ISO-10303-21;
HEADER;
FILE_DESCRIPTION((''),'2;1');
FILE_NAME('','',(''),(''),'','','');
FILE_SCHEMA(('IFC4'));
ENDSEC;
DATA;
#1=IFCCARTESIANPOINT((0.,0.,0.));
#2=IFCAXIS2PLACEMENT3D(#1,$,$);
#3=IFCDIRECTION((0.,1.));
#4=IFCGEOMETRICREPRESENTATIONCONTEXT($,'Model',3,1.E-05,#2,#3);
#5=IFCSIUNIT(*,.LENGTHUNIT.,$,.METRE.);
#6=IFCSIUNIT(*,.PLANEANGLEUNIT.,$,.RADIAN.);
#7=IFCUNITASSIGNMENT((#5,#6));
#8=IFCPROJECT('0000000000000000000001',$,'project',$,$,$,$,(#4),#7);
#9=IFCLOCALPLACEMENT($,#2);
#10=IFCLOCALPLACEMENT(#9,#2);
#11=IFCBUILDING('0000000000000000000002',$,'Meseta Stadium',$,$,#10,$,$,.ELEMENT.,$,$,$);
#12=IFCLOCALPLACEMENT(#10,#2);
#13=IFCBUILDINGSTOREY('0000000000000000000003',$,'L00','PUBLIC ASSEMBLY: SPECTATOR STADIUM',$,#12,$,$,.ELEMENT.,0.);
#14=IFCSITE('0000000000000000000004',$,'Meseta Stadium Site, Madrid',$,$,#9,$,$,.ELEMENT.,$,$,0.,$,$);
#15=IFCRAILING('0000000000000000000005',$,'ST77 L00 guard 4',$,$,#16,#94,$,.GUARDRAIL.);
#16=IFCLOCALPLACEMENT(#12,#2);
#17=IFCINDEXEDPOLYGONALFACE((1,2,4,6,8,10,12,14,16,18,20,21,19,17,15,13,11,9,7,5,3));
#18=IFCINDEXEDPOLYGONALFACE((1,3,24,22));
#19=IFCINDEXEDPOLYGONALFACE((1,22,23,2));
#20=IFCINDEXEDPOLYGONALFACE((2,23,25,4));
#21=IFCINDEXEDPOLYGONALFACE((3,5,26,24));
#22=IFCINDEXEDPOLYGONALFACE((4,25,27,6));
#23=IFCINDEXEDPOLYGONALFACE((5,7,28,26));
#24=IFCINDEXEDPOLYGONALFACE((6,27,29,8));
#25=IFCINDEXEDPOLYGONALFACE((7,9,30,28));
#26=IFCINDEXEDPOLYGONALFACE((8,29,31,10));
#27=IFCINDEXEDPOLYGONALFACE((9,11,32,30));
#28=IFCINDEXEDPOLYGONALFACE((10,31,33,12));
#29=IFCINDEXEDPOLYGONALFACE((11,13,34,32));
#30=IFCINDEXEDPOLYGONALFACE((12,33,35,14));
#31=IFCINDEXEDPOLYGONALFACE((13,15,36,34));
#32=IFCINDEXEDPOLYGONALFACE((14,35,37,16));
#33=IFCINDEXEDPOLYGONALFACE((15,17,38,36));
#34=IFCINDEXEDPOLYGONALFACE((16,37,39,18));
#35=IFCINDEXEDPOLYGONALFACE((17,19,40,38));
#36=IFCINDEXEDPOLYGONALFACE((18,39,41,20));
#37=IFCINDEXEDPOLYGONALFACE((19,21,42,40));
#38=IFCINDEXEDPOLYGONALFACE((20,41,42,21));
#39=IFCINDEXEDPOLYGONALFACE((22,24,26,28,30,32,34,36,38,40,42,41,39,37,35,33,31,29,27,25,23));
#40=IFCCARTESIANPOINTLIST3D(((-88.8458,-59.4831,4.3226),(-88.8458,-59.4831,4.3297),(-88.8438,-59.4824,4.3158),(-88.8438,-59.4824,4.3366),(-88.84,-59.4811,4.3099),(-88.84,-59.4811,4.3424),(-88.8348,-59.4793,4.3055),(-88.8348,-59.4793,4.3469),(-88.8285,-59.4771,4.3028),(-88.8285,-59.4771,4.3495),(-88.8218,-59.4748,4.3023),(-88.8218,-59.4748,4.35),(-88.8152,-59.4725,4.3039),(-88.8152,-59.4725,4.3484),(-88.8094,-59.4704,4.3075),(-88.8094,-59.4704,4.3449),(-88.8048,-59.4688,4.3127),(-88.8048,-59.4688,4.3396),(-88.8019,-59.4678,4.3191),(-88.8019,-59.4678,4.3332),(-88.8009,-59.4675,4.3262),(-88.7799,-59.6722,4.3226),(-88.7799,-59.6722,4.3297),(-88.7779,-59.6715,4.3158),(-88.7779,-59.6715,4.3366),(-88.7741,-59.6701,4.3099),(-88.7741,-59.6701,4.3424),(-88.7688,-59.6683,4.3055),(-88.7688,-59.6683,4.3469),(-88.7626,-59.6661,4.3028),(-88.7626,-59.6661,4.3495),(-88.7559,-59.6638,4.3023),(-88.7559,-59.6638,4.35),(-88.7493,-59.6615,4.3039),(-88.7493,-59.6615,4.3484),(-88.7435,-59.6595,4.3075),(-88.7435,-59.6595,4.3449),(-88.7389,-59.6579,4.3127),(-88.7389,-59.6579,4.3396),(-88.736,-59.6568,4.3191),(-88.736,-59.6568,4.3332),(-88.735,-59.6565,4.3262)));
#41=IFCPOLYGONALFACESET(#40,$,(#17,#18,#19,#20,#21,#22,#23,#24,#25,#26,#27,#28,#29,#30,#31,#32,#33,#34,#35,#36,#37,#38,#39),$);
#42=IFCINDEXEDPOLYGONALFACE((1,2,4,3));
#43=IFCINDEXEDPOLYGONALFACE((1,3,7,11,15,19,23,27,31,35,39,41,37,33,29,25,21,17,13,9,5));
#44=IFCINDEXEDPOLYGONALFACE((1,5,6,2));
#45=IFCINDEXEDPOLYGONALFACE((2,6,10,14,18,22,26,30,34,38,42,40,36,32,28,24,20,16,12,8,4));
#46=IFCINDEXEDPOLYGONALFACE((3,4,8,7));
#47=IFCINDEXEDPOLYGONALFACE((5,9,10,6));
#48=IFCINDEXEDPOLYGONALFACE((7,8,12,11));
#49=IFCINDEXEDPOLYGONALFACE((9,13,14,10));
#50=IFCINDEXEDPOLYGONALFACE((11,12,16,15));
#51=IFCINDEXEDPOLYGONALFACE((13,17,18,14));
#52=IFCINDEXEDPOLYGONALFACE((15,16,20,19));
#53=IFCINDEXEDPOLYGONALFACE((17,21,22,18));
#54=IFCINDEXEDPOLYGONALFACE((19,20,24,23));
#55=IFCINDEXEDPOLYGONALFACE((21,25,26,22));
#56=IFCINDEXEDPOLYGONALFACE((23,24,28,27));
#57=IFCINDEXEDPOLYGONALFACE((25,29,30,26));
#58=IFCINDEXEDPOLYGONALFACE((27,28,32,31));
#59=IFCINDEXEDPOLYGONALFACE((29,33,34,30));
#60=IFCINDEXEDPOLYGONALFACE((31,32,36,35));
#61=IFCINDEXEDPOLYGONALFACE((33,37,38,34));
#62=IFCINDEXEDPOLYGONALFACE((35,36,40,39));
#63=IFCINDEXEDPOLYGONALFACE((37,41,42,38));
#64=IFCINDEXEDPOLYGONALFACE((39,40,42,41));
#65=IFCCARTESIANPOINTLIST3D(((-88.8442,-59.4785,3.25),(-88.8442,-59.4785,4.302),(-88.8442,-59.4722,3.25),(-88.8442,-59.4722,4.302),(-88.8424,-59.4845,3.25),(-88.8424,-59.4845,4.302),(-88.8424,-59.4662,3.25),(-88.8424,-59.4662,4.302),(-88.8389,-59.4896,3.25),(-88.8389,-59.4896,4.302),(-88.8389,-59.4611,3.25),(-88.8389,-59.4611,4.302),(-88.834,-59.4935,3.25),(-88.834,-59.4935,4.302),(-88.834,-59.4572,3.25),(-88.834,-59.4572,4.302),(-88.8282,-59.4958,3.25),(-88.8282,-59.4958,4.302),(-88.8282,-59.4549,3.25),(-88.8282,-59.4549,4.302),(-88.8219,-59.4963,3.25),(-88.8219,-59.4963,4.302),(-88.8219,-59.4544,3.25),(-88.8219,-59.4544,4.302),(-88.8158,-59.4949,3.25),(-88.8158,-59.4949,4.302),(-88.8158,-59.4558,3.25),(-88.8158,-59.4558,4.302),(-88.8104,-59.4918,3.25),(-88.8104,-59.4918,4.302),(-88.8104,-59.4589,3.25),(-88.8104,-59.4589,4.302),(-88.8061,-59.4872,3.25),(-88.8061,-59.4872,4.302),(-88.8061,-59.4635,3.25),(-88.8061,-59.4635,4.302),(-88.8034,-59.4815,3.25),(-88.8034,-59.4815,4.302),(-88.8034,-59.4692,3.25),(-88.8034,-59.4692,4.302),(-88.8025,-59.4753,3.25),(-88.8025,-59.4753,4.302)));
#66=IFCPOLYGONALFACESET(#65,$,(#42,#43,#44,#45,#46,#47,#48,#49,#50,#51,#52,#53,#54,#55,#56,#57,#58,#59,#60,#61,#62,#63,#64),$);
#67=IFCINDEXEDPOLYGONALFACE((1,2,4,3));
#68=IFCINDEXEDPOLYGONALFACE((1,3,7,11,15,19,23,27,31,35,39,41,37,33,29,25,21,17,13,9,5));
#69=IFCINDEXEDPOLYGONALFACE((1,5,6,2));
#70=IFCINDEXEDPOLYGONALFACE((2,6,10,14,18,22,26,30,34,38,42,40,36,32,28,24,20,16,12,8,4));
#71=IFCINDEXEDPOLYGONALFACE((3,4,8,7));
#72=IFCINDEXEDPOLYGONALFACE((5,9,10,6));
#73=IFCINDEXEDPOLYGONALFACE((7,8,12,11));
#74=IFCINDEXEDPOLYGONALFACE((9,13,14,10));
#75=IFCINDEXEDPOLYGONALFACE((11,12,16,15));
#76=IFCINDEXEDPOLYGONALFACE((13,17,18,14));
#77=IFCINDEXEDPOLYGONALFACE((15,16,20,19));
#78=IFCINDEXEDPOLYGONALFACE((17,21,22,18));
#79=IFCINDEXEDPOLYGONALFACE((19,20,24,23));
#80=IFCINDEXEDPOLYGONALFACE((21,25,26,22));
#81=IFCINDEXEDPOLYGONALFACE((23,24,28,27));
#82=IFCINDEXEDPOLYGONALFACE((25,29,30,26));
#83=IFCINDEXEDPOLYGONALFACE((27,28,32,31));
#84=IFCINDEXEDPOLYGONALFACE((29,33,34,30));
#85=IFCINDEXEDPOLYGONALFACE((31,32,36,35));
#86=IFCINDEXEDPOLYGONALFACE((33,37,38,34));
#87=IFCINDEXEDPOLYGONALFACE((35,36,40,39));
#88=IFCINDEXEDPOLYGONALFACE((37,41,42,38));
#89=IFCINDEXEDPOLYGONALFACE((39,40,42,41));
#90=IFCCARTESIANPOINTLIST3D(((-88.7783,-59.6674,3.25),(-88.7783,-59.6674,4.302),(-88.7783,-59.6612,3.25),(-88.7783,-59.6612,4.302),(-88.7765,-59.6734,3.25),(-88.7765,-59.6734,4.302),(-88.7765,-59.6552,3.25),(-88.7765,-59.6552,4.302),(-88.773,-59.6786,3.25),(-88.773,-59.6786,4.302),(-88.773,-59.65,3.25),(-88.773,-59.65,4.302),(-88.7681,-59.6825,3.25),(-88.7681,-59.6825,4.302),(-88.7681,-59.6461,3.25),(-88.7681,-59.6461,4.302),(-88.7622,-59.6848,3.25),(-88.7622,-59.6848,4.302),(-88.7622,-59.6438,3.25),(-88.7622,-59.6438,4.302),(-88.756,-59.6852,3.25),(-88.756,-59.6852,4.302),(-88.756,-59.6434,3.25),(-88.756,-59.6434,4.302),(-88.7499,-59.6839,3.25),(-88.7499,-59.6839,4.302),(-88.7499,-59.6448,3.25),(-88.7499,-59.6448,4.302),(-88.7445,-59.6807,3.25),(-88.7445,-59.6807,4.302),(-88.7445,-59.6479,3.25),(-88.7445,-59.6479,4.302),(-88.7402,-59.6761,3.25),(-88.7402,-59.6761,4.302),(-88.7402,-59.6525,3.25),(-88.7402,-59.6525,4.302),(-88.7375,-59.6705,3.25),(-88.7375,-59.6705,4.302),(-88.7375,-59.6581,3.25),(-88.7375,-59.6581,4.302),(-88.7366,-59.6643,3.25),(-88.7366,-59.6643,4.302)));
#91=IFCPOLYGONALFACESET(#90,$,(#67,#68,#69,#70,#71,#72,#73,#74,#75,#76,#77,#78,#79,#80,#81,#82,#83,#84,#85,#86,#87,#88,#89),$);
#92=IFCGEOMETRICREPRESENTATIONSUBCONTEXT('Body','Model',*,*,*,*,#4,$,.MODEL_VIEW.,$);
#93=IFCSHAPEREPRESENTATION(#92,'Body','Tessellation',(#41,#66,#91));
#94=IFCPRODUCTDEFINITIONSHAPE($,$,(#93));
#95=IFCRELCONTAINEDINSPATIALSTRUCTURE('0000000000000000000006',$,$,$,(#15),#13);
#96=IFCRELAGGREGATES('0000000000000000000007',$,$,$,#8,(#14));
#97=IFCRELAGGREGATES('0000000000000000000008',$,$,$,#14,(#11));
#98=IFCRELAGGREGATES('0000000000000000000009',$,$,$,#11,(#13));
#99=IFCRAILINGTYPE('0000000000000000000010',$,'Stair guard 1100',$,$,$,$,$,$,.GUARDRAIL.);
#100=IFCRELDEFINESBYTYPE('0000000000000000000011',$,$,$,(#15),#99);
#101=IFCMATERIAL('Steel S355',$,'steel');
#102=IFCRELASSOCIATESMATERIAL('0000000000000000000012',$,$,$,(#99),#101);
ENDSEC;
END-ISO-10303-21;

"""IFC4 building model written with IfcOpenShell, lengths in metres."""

from ifc_helpers import new_model, si_unit, direction, frame, origin, origin_2d, place, context, subcontext, project, spatial, circle, extrude, material, type_object, element, save


model = new_model("IFC4")

# Units and contexts
model_context = context("Model", 3, precision=1e-05, world=origin(), true_north=direction((0.0, 1.0)))
body_context = subcontext(model_context, "Body", "Model", "MODEL_VIEW")
ifc_project = project(units=[si_unit("LENGTHUNIT", "METRE"), si_unit("PLANEANGLEUNIT", "RADIAN")], contexts=[model_context])

# Site, building, storey
site_placement = place(None, origin())
site = spatial("IfcSite", under=ifc_project, at=site_placement, Name="Meseta Stadium Site, Madrid", CompositionType="ELEMENT", RefElevation=0.0)
building_placement = place(site_placement, origin())
building = spatial("IfcBuilding", under=site, at=building_placement, Name="Meseta Stadium", CompositionType="ELEMENT")
storey_placement = place(building_placement, origin())
storey = spatial("IfcBuildingStorey", under=building, at=storey_placement, Name="L00", Description="PUBLIC ASSEMBLY: SPECTATOR STADIUM", CompositionType="ELEMENT", Elevation=0.0)

# Railing
ifc_material_1 = material(Name="Steel S355", Category="steel")
railing_type_1 = type_object("IfcRailingType", Name="Stair guard 1100", PredefinedType="GUARDRAIL", material=ifc_material_1)
railing_1_placement = place(storey_placement, frame((-88.8235, -59.4753, 3.25)))
element("IfcRailing", 1, at=railing_1_placement, inside=storey, type_object=railing_type_1, Name="ST77 L00 guard 4", PredefinedType="GUARDRAIL", context=body_context, shape_type="SweptSolid", body=[
    extrude(circle(Radius=0.0239, at=origin_2d()), frame((0.0, 0.0, 1.0762), z_axis=(0.329372, -0.9442, 0.0), x_axis=(0.9442, 0.329372, 0.0)), (0.0, 0.0, 1.0), 0.2002),
    extrude(circle(Radius=0.021, at=origin_2d()), origin(), (0.0, 0.0, 1.0), 1.052),
    extrude(circle(Radius=0.021, at=origin_2d()), frame((0.0659, -0.189, 0.0)), (0.0, 0.0, 1.0), 1.052),
])

save(model, "model.ifc")
